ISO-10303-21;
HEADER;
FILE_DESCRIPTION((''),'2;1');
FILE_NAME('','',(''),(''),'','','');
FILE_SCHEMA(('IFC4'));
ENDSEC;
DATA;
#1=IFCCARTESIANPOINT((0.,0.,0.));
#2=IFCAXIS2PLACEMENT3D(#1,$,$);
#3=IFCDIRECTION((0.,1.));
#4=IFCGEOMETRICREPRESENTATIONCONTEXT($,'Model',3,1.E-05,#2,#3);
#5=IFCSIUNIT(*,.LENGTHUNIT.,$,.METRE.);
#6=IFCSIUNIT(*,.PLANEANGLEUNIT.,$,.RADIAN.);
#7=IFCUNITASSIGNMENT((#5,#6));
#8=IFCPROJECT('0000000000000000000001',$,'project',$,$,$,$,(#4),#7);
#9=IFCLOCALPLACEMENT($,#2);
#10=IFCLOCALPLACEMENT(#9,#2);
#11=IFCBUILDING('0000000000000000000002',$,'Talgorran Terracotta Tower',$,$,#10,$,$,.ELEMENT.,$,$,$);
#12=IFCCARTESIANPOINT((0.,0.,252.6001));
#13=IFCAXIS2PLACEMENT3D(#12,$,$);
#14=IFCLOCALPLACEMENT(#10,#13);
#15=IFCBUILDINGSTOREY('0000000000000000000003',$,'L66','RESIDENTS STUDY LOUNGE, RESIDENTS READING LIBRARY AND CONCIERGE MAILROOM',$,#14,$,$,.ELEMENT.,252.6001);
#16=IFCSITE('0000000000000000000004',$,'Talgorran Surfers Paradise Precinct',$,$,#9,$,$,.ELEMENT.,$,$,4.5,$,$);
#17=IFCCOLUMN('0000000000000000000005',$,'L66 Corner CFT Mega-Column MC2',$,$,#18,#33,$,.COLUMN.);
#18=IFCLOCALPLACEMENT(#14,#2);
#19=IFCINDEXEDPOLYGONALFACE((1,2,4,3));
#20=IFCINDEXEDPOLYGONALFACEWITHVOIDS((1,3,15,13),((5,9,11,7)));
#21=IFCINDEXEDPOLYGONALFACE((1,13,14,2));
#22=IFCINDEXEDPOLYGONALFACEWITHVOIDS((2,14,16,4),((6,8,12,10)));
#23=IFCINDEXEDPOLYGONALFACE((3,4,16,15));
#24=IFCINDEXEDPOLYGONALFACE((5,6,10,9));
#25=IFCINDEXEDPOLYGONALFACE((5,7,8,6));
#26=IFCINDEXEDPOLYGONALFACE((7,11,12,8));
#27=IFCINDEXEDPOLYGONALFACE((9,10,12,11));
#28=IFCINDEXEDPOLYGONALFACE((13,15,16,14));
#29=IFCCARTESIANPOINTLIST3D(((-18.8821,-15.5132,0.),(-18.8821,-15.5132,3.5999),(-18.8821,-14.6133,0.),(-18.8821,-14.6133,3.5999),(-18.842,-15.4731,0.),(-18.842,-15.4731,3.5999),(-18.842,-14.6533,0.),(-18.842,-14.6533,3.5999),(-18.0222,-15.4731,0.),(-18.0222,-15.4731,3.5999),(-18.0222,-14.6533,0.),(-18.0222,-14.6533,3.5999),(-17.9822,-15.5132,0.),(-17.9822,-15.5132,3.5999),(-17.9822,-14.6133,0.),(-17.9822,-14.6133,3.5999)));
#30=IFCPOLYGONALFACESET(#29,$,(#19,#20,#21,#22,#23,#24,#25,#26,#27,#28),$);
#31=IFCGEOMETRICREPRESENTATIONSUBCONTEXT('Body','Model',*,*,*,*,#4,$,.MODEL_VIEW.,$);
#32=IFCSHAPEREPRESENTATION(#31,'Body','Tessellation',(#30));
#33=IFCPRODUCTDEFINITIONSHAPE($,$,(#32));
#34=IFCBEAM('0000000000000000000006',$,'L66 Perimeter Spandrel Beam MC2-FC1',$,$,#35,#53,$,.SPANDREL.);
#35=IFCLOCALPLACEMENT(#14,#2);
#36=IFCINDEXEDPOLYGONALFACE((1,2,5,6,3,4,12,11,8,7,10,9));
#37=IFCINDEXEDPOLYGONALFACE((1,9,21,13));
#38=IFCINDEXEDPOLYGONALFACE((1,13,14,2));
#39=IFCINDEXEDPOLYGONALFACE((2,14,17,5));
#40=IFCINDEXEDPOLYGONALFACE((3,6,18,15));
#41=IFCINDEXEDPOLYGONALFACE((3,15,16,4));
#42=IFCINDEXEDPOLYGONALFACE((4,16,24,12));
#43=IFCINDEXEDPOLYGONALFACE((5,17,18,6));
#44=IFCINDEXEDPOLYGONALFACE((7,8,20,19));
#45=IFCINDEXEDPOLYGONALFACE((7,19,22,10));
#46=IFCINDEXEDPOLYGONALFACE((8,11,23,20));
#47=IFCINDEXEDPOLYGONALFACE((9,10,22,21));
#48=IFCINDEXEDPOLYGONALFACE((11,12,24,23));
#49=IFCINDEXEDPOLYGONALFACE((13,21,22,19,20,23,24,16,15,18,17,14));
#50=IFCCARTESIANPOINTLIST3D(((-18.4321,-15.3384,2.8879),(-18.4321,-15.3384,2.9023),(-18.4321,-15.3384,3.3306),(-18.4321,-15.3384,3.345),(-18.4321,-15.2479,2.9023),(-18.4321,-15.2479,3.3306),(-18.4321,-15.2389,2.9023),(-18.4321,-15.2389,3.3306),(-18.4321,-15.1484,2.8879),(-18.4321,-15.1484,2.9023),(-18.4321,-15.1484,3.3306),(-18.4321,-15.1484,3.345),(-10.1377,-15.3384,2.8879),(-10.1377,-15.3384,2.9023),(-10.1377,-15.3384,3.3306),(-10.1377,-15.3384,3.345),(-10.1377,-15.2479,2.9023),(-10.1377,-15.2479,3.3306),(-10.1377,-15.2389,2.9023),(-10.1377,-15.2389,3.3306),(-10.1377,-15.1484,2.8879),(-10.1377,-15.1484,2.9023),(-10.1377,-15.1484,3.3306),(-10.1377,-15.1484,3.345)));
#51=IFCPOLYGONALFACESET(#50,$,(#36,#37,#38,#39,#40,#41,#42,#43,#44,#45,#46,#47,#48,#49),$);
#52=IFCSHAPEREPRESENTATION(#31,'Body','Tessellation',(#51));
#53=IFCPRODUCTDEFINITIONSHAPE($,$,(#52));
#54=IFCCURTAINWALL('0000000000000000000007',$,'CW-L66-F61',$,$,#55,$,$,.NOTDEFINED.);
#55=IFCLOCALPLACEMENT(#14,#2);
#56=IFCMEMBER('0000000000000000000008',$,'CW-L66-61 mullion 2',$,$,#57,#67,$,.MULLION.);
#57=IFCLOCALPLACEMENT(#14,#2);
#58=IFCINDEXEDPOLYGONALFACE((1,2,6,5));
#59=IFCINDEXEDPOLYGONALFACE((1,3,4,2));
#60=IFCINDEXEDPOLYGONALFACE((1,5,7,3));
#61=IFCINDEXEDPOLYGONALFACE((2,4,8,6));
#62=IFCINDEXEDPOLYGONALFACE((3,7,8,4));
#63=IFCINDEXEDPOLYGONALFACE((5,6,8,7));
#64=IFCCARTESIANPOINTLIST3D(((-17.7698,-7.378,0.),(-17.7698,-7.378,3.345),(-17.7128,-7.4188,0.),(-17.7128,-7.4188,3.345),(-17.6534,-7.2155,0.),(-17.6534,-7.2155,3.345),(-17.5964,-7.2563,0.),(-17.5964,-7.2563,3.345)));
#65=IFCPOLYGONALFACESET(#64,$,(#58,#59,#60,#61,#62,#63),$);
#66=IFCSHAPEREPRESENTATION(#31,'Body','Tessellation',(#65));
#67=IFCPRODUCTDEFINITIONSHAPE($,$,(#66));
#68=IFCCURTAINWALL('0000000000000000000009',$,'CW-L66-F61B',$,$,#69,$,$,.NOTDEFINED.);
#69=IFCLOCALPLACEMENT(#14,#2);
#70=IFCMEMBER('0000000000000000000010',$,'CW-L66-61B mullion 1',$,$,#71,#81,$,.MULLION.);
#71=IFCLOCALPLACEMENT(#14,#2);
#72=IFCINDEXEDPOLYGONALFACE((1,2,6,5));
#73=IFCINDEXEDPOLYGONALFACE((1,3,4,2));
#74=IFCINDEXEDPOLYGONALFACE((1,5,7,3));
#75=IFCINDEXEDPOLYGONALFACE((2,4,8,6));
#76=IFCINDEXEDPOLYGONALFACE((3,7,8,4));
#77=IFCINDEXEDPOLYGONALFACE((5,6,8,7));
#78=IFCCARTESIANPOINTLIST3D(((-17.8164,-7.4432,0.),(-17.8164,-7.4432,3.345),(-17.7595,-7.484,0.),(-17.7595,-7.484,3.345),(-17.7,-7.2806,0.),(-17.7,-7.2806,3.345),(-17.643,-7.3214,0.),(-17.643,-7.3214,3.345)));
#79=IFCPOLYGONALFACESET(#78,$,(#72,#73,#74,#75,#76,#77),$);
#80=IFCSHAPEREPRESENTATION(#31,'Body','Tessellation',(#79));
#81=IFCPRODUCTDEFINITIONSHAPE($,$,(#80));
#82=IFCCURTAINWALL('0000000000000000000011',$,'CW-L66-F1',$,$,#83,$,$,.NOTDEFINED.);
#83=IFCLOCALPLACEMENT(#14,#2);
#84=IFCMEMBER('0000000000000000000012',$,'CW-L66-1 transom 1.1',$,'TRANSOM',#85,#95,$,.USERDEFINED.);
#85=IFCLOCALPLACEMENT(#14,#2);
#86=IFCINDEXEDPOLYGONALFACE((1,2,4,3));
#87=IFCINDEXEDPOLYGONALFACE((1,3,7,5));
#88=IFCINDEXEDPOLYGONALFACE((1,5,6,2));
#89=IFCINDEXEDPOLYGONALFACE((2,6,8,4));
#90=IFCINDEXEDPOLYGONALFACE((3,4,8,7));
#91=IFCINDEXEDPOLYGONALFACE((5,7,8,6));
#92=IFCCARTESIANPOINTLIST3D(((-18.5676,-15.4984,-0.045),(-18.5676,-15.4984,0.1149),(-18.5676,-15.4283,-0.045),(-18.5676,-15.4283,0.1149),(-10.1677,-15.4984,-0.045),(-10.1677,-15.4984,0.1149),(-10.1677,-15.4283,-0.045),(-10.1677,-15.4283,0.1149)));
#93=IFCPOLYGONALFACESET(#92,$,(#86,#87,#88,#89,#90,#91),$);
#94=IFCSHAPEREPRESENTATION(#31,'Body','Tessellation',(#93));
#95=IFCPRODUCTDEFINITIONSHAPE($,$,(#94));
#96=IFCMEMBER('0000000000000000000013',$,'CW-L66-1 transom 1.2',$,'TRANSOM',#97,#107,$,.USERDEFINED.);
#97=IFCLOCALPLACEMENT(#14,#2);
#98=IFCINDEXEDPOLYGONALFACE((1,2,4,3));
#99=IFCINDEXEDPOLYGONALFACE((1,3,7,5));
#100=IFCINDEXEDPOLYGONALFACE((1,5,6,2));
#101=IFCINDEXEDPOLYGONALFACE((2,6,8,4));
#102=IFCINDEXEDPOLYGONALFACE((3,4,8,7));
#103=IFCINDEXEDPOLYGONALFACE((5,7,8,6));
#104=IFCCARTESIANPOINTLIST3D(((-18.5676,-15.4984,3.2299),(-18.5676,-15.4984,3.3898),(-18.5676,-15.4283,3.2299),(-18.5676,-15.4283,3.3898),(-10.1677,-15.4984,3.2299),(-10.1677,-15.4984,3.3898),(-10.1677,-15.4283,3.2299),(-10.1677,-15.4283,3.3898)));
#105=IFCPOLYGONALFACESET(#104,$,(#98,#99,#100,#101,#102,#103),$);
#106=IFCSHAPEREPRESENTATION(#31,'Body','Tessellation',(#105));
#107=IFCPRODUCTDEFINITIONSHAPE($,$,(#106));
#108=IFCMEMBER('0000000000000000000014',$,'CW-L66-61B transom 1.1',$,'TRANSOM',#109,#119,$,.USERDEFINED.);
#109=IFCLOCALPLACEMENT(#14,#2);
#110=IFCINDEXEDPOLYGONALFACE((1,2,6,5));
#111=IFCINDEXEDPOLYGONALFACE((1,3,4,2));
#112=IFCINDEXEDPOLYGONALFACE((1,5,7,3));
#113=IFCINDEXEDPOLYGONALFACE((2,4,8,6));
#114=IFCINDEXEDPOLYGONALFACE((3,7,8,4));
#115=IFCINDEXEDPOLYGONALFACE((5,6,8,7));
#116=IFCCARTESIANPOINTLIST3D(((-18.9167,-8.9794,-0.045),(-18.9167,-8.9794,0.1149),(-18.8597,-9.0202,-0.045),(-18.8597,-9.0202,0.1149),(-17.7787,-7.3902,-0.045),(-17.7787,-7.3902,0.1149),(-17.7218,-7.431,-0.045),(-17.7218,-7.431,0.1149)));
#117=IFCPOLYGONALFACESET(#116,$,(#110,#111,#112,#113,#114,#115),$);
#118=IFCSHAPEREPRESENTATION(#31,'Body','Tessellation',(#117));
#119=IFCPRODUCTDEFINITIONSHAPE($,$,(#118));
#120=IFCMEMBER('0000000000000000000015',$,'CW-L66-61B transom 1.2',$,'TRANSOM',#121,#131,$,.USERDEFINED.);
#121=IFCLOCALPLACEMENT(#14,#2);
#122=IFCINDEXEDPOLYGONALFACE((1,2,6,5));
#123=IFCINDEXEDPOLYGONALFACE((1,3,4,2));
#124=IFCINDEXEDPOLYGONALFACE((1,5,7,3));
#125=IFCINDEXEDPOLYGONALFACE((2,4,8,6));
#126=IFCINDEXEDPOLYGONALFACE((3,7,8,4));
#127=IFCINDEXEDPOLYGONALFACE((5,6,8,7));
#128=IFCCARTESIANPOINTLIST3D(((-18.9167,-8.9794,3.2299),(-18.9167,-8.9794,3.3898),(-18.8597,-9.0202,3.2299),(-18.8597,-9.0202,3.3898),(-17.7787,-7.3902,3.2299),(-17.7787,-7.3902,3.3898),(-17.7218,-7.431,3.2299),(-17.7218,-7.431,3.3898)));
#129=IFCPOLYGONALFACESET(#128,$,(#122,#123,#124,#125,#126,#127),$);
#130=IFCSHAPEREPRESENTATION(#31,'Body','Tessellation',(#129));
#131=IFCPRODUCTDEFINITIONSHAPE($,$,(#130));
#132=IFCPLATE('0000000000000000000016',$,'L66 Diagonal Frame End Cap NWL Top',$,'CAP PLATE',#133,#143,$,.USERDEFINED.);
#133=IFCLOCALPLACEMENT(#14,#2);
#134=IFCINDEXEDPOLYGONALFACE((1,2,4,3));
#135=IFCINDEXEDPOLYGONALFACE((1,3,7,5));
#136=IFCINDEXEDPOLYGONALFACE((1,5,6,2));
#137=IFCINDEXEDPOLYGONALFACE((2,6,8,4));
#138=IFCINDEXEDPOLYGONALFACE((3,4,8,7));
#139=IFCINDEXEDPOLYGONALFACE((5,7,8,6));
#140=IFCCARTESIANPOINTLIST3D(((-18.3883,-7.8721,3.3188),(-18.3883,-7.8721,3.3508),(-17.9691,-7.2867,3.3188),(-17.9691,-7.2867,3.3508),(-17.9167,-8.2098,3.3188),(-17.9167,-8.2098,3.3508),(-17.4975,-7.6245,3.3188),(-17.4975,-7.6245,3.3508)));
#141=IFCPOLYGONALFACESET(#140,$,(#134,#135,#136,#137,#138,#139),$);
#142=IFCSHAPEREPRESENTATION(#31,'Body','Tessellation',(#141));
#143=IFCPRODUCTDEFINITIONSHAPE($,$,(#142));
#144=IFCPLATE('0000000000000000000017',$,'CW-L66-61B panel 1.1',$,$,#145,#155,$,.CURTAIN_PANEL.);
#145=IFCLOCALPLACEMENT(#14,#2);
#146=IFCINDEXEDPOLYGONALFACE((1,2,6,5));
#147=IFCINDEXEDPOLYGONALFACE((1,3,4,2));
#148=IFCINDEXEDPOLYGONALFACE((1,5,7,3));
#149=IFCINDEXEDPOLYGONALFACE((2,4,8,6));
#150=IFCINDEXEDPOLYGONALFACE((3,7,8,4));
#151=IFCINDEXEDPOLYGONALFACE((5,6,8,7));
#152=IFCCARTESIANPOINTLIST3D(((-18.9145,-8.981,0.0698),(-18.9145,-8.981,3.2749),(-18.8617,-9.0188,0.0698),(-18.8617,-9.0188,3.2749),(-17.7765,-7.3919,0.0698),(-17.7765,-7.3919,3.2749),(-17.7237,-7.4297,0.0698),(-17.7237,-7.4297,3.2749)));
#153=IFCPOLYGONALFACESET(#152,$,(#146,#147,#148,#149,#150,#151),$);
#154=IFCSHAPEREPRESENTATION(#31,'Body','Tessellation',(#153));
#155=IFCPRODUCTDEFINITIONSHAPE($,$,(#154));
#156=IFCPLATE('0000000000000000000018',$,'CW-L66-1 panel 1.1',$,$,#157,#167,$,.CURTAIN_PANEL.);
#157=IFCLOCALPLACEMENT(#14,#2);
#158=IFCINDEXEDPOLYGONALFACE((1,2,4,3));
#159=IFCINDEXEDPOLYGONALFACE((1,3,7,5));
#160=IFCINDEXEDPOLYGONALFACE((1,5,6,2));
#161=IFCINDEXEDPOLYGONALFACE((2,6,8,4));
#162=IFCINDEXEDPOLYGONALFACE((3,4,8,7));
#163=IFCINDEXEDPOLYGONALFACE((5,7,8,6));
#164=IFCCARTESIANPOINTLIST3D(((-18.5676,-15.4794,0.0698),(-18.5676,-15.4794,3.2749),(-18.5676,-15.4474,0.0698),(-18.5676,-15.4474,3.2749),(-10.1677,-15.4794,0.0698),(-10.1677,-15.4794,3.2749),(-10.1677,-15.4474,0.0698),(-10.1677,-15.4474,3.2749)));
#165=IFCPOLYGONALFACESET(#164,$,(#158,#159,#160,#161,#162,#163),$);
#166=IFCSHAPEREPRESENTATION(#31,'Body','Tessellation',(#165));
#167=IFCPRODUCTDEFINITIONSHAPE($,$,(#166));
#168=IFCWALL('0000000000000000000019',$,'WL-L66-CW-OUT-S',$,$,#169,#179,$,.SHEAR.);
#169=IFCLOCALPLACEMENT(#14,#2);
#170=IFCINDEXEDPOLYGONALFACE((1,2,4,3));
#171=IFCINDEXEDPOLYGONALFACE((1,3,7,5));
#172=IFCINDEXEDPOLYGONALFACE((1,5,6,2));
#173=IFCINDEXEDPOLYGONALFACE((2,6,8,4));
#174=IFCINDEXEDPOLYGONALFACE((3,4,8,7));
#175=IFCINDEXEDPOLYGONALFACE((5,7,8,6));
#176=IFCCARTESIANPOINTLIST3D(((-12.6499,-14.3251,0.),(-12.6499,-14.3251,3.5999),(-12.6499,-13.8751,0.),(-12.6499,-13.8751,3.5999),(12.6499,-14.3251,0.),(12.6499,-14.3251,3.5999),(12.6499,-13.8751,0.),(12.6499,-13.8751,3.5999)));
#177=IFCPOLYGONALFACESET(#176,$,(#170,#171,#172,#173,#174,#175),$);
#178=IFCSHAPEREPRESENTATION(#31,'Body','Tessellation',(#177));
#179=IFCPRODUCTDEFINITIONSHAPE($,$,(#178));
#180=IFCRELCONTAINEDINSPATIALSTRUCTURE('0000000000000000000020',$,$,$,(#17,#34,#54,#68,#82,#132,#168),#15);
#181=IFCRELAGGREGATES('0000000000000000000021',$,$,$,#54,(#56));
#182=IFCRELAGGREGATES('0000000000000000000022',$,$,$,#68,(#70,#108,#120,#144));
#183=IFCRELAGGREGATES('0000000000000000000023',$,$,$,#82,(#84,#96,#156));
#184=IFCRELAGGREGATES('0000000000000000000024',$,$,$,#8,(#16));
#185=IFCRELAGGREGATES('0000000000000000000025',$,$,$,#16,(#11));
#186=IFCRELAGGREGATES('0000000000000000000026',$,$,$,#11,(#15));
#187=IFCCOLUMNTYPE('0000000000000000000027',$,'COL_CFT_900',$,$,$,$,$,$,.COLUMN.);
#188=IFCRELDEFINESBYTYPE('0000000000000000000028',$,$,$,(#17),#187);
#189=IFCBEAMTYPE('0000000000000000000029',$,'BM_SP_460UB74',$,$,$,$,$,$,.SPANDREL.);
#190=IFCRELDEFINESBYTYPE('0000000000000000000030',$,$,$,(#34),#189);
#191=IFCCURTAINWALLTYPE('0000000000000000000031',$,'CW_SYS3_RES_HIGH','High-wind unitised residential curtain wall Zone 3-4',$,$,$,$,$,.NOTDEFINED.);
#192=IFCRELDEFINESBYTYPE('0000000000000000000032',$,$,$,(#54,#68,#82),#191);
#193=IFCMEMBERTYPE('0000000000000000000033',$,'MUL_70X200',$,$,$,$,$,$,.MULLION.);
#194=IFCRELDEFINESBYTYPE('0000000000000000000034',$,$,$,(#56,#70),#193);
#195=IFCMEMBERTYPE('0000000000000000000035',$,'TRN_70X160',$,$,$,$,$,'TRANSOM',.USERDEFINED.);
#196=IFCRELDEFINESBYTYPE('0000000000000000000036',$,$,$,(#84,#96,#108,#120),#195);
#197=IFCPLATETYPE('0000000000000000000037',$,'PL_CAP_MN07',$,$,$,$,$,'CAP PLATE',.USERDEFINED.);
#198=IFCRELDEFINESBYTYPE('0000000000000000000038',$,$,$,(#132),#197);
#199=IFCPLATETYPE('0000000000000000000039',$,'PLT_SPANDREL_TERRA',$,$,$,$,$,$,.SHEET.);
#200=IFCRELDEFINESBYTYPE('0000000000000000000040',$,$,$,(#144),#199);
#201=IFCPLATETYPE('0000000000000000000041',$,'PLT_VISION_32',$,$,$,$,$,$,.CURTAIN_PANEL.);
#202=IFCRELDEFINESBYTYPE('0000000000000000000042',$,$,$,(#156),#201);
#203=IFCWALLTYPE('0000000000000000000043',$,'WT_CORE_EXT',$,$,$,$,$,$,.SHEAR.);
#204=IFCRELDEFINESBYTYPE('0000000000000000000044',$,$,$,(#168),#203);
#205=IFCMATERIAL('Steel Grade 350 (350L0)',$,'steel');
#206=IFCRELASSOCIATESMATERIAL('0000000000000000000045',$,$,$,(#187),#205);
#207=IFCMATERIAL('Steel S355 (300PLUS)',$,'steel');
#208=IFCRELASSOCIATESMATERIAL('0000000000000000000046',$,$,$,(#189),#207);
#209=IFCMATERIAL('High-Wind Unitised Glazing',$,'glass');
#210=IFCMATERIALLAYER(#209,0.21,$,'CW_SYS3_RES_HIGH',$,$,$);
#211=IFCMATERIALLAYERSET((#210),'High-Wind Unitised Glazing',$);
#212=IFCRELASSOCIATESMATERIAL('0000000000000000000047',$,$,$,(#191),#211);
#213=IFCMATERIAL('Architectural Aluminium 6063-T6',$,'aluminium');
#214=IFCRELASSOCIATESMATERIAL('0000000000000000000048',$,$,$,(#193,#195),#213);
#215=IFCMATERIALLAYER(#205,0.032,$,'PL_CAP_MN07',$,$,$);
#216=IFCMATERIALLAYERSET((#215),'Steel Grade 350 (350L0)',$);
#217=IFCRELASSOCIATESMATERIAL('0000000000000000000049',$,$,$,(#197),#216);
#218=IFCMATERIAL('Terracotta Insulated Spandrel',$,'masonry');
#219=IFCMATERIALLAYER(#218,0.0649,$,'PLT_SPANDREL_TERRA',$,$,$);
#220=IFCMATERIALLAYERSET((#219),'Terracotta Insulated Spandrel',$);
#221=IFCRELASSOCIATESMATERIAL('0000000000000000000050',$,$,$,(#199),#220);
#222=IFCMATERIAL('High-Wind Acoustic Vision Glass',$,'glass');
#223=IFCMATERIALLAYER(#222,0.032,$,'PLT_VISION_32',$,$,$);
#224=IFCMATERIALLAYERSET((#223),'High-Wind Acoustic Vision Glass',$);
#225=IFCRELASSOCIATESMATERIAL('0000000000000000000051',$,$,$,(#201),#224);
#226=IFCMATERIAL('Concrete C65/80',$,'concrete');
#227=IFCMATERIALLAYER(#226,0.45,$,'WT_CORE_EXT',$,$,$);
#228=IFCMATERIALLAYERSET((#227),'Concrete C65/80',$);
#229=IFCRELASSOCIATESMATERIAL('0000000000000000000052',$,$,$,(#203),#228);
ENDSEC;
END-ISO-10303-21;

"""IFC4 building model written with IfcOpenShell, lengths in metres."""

from ifc_helpers import new_model, si_unit, direction, frame, frame_2d, origin, origin_2d, place, context, subcontext, project, spatial, rectangle, hollow_rectangle, i_section, extrude, source, transform, mapped, material, layer, layer_set, material_profile, profile_set, type_object, type_shapes, element, aggregate, save


model = new_model("IFC4")

# Units and contexts
model_context = context("Model", 3, precision=1e-05, world=origin(), true_north=direction((0.0, 1.0)))
body_context = subcontext(model_context, "Body", "Model", "MODEL_VIEW")
ifc_project = project(units=[si_unit("LENGTHUNIT", "METRE"), si_unit("PLANEANGLEUNIT", "RADIAN")], contexts=[model_context])

# Site, building, storey
site_placement = place(None, origin())
site = spatial("IfcSite", under=ifc_project, at=site_placement, Name="Talgorran Surfers Paradise Precinct", CompositionType="ELEMENT", RefElevation=4.5)
building_placement = place(site_placement, origin())
building = spatial("IfcBuilding", under=site, at=building_placement, Name="Talgorran Terracotta Tower", CompositionType="ELEMENT")
storey_placement = place(building_placement, frame((0.0, 0.0, 252.6001)))
storey = spatial("IfcBuildingStorey", under=building, at=storey_placement, Name="L66", Description="RESIDENTS STUDY LOUNGE, RESIDENTS READING LIBRARY AND CONCIERGE MAILROOM", CompositionType="ELEMENT", Elevation=252.6001)

# Column
ifc_material_1 = material(Name="Steel Grade 350 (350L0)", Category="steel")
ifc_material_profile_1 = material_profile(ifc_material_1, hollow_rectangle(XDim=0.8999, YDim=0.8999, WallThickness=0.04, at=origin_2d()), Name="CFT900X900X40")
ifc_profile_set_1 = profile_set([ifc_material_profile_1], Name="Steel Grade 350 (350L0)")
column_type = type_object("IfcColumnType", Name="COL_CFT_900", PredefinedType="COLUMN", material=ifc_profile_set_1)
column_placement = place(storey_placement, frame((-18.4321, -15.0632, 0.0), z_axis=(0.0, 0.0, 1.0), x_axis=(1.0, 0.0, 0.0)))
element("IfcColumn", 1, at=column_placement, inside=storey, type_object=column_type, Name="L66 Corner CFT Mega-Column MC2", PredefinedType="COLUMN", context=body_context, shape_type="SweptSolid", body=[
    extrude(hollow_rectangle(XDim=0.8999, YDim=0.8999, WallThickness=0.04, at=origin_2d()), origin(), (0.0, 0.0, 1.0), 3.5999),
])

# Beam
ifc_material_2 = material(Name="Steel S355 (300PLUS)", Category="steel")
ifc_material_profile_2 = material_profile(ifc_material_2, i_section(OverallWidth=0.1899, OverallDepth=0.457, WebThickness=0.009, FlangeThickness=0.0144, at=origin_2d()), Name="460UB74.6")
ifc_profile_set_2 = profile_set([ifc_material_profile_2], Name="Steel S355 (300PLUS)")
beam_type = type_object("IfcBeamType", Name="BM_SP_460UB74", PredefinedType="SPANDREL", material=ifc_profile_set_2)
beam_placement = place(storey_placement, frame((-18.4321, -15.2434, 3.1165), z_axis=(1.0, 0.0, 0.0), x_axis=(0.0, 1.0, 0.0)))
element("IfcBeam", 2, at=beam_placement, inside=storey, type_object=beam_type, Name="L66 Perimeter Spandrel Beam MC2-FC1", PredefinedType="SPANDREL", context=body_context, shape_type="SweptSolid", body=[
    extrude(i_section(OverallWidth=0.1899, OverallDepth=0.457, WebThickness=0.009, FlangeThickness=0.0144, at=origin_2d()), origin(), (0.0, 0.0, 1.0), 8.2944),
])

# Curtain walls, members
ifc_material_3 = material(Name="High-Wind Unitised Glazing", Category="glass")
ifc_layer_1 = layer(ifc_material_3, 0.21, Name="CW_SYS3_RES_HIGH")
ifc_layer_set_1 = layer_set([ifc_layer_1], Name="High-Wind Unitised Glazing")
curtain_wall_type = type_object("IfcCurtainWallType", Name="CW_SYS3_RES_HIGH", Description="High-wind unitised residential curtain wall Zone 3-4", PredefinedType="NOTDEFINED", material=ifc_layer_set_1)
curtain_wall_1_placement = place(storey_placement, origin())
curtain_wall_1 = element("IfcCurtainWall", 3, at=curtain_wall_1_placement, inside=storey, type_object=curtain_wall_type, Name="CW-L66-F61", PredefinedType="NOTDEFINED")
ifc_material_4 = material(Name="Architectural Aluminium 6063-T6", Category="aluminium")
ifc_material_profile_3 = material_profile(ifc_material_4, rectangle(XDim=0.0701, YDim=0.2, at=origin_2d()), Name="CWM70X200")
ifc_profile_set_3 = profile_set([ifc_material_profile_3], Name="Architectural Aluminium 6063-T6")
member_type_1 = type_object("IfcMemberType", Name="MUL_70X200", PredefinedType="MULLION", material=ifc_profile_set_3)
member_1_placement = place(storey_placement, frame((-17.6831, -7.3171, 0.0), z_axis=(0.0, 0.0, 1.0), x_axis=(0.813042, -0.582206, 0.0)))
member_1 = element("IfcMember", 4, at=member_1_placement, type_object=member_type_1, Name="CW-L66-61 mullion 2", PredefinedType="MULLION", context=body_context, shape_type="SweptSolid", body=[
    extrude(rectangle(XDim=0.0701, YDim=0.2, at=origin_2d()), origin(), (0.0, 0.0, 1.0), 3.345),
])
aggregate(curtain_wall_1, [member_1])
curtain_wall_2_placement = place(storey_placement, origin())
curtain_wall_2 = element("IfcCurtainWall", 5, at=curtain_wall_2_placement, inside=storey, type_object=curtain_wall_type, Name="CW-L66-F61B", PredefinedType="NOTDEFINED")
member_2_placement = place(storey_placement, frame((-17.7297, -7.3823, 0.0), z_axis=(0.0, 0.0, 1.0), x_axis=(0.813023, -0.582231, 0.0)))
member_2 = element("IfcMember", 6, at=member_2_placement, type_object=member_type_1, Name="CW-L66-61B mullion 1", PredefinedType="MULLION", context=body_context, shape_type="SweptSolid", body=[
    extrude(rectangle(XDim=0.0701, YDim=0.2, at=origin_2d()), origin(), (0.0, 0.0, 1.0), 3.345),
])

# Curtain wall, members
curtain_wall_3_placement = place(storey_placement, origin())
curtain_wall_3 = element("IfcCurtainWall", 7, at=curtain_wall_3_placement, inside=storey, type_object=curtain_wall_type, Name="CW-L66-F1", PredefinedType="NOTDEFINED")
ifc_material_profile_4 = material_profile(ifc_material_4, rectangle(XDim=0.0701, YDim=0.1599, at=origin_2d()), Name="CWT70X160")
ifc_profile_set_4 = profile_set([ifc_material_profile_4], Name="Architectural Aluminium 6063-T6")
member_type_2 = type_object("IfcMemberType", Name="TRN_70X160", ElementType="TRANSOM", PredefinedType="USERDEFINED", material=ifc_profile_set_4)
member_3_placement = place(storey_placement, frame((-18.5676, -15.4634, 0.0349), z_axis=(1.0, 0.0, 0.0), x_axis=(0.0, 1.0, 0.0)))
member_3 = element("IfcMember", 8, at=member_3_placement, type_object=member_type_2, Name="CW-L66-1 transom 1.1", ObjectType="TRANSOM", PredefinedType="USERDEFINED", context=body_context, shape_type="SweptSolid", body=[
    extrude(rectangle(XDim=0.0701, YDim=0.1599, at=origin_2d()), origin(), (0.0, 0.0, 1.0), 8.3999),
])
member_4_placement = place(storey_placement, frame((-18.5676, -15.4634, 3.3098), z_axis=(1.0, 0.0, 0.0), x_axis=(0.0, 1.0, 0.0)))
member_4 = element("IfcMember", 9, at=member_4_placement, type_object=member_type_2, Name="CW-L66-1 transom 1.2", ObjectType="TRANSOM", PredefinedType="USERDEFINED", context=body_context, shape_type="SweptSolid", body=[
    extrude(rectangle(XDim=0.0701, YDim=0.1599, at=origin_2d()), origin(), (0.0, 0.0, 1.0), 8.3999),
])

# Members
member_5_placement = place(storey_placement, frame((-17.7502, -7.4106, 0.0349), z_axis=(-0.582207, -0.813041, 0.0), x_axis=(0.813041, -0.582207, 0.0)))
member_5 = element("IfcMember", 10, at=member_5_placement, type_object=member_type_2, Name="CW-L66-61B transom 1.1", ObjectType="TRANSOM", PredefinedType="USERDEFINED", context=body_context, shape_type="SweptSolid", body=[
    extrude(rectangle(XDim=0.0701, YDim=0.1599, at=origin_2d()), origin(), (0.0, 0.0, 1.0), 1.9546),
])
member_6_placement = place(storey_placement, frame((-17.7502, -7.4106, 3.3098), z_axis=(-0.582207, -0.813041, 0.0), x_axis=(0.813041, -0.582207, 0.0)))
member_6 = element("IfcMember", 11, at=member_6_placement, type_object=member_type_2, Name="CW-L66-61B transom 1.2", ObjectType="TRANSOM", PredefinedType="USERDEFINED", context=body_context, shape_type="SweptSolid", body=[
    extrude(rectangle(XDim=0.0701, YDim=0.1599, at=origin_2d()), origin(), (0.0, 0.0, 1.0), 1.9546),
])

# Plates
ifc_layer_2 = layer(ifc_material_1, 0.032, Name="PL_CAP_MN07")
ifc_layer_set_2 = layer_set([ifc_layer_2], Name="Steel Grade 350 (350L0)")
plate_type_1 = type_object("IfcPlateType", Name="PL_CAP_MN07", ElementType="CAP PLATE", PredefinedType="USERDEFINED", material=ifc_layer_set_2)
plate_1_placement = place(storey_placement, frame((-17.9429, -7.7483, 3.3188), z_axis=(0.0, 0.0, 1.0), x_axis=(0.582265, 0.812999, 0.0)))
element("IfcPlate", 12, at=plate_1_placement, inside=storey, type_object=plate_type_1, Name="L66 Diagonal Frame End Cap NWL Top", ObjectType="CAP PLATE", PredefinedType="USERDEFINED", context=body_context, shape_type="SweptSolid", body=[
    extrude(rectangle(XDim=0.72, YDim=0.5801, at=origin_2d()), origin(), (0.0, 0.0, 1.0), 0.032),
])
ifc_material_5 = material(Name="Terracotta Insulated Spandrel", Category="masonry")
ifc_layer_3 = layer(ifc_material_5, 0.0649, Name="PLT_SPANDREL_TERRA")
ifc_layer_set_3 = layer_set([ifc_layer_3], Name="Terracotta Insulated Spandrel")
plate_type_2 = type_object("IfcPlateType", Name="PLT_SPANDREL_TERRA", PredefinedType="SHEET", material=ifc_layer_set_3)
shared_shape_1 = source(origin(), body_context, "Body", "SweptSolid", [
    extrude(rectangle(XDim=1.9546, YDim=0.0649, at=origin_2d()), origin(), (0.0, 0.0, 1.0), 3.2051),
])
type_shapes(plate_type_2, [shared_shape_1])
plate_2_placement = place(storey_placement, frame((-18.3191, -8.2053, 0.0698), z_axis=(0.0, 0.0, 1.0), x_axis=(-0.582231, -0.813023, 0.0)))
plate_2 = element("IfcPlate", 13, at=plate_2_placement, type_object=plate_type_2, Name="CW-L66-61B panel 1.1", PredefinedType="CURTAIN_PANEL", context=body_context, shape_type="MappedRepresentation", body=[
    mapped(shared_shape_1, transform((0.0, 0.0, 0.0), scale=1.0)),
])
aggregate(curtain_wall_2, [member_2, member_5, member_6, plate_2])
ifc_material_6 = material(Name="High-Wind Acoustic Vision Glass", Category="glass")
ifc_layer_4 = layer(ifc_material_6, 0.032, Name="PLT_VISION_32")
ifc_layer_set_4 = layer_set([ifc_layer_4], Name="High-Wind Acoustic Vision Glass")
plate_type_3 = type_object("IfcPlateType", Name="PLT_VISION_32", PredefinedType="CURTAIN_PANEL", material=ifc_layer_set_4)
shared_shape_2 = source(origin(), body_context, "Body", "SweptSolid", [
    extrude(rectangle(XDim=8.3999, YDim=0.032, at=origin_2d()), origin(), (0.0, 0.0, 1.0), 3.2051),
])
type_shapes(plate_type_3, [shared_shape_2])
plate_3_placement = place(storey_placement, frame((-14.3677, -15.4634, 0.0698), z_axis=(0.0, 0.0, 1.0), x_axis=(1.0, 0.0, 0.0)))
plate_3 = element("IfcPlate", 14, at=plate_3_placement, type_object=plate_type_3, Name="CW-L66-1 panel 1.1", PredefinedType="CURTAIN_PANEL", context=body_context, shape_type="MappedRepresentation", body=[
    mapped(shared_shape_2, transform((0.0, 0.0, 0.0), scale=1.0)),
])
aggregate(curtain_wall_3, [member_3, member_4, plate_3])

# Wall
ifc_material_7 = material(Name="Concrete C65/80", Category="concrete")
ifc_layer_5 = layer(ifc_material_7, 0.45, Name="WT_CORE_EXT")
ifc_layer_set_5 = layer_set([ifc_layer_5], Name="Concrete C65/80")
wall_type_1 = type_object("IfcWallType", Name="WT_CORE_EXT", PredefinedType="SHEAR", material=ifc_layer_set_5)
wall_1_placement = place(storey_placement, frame((-12.6499, -14.1001, 0.0), z_axis=(0.0, 0.0, 1.0), x_axis=(1.0, 0.0, 0.0)))
element("IfcWall", 15, at=wall_1_placement, inside=storey, type_object=wall_type_1, Name="WL-L66-CW-OUT-S", PredefinedType="SHEAR", context=body_context, shape_type="SweptSolid", body=[
    extrude(rectangle(XDim=25.2998, YDim=0.45, at=frame_2d((12.6499, 0.0))), origin(), (0.0, 0.0, 1.0), 3.5999),
])

save(model, "model.ifc")
